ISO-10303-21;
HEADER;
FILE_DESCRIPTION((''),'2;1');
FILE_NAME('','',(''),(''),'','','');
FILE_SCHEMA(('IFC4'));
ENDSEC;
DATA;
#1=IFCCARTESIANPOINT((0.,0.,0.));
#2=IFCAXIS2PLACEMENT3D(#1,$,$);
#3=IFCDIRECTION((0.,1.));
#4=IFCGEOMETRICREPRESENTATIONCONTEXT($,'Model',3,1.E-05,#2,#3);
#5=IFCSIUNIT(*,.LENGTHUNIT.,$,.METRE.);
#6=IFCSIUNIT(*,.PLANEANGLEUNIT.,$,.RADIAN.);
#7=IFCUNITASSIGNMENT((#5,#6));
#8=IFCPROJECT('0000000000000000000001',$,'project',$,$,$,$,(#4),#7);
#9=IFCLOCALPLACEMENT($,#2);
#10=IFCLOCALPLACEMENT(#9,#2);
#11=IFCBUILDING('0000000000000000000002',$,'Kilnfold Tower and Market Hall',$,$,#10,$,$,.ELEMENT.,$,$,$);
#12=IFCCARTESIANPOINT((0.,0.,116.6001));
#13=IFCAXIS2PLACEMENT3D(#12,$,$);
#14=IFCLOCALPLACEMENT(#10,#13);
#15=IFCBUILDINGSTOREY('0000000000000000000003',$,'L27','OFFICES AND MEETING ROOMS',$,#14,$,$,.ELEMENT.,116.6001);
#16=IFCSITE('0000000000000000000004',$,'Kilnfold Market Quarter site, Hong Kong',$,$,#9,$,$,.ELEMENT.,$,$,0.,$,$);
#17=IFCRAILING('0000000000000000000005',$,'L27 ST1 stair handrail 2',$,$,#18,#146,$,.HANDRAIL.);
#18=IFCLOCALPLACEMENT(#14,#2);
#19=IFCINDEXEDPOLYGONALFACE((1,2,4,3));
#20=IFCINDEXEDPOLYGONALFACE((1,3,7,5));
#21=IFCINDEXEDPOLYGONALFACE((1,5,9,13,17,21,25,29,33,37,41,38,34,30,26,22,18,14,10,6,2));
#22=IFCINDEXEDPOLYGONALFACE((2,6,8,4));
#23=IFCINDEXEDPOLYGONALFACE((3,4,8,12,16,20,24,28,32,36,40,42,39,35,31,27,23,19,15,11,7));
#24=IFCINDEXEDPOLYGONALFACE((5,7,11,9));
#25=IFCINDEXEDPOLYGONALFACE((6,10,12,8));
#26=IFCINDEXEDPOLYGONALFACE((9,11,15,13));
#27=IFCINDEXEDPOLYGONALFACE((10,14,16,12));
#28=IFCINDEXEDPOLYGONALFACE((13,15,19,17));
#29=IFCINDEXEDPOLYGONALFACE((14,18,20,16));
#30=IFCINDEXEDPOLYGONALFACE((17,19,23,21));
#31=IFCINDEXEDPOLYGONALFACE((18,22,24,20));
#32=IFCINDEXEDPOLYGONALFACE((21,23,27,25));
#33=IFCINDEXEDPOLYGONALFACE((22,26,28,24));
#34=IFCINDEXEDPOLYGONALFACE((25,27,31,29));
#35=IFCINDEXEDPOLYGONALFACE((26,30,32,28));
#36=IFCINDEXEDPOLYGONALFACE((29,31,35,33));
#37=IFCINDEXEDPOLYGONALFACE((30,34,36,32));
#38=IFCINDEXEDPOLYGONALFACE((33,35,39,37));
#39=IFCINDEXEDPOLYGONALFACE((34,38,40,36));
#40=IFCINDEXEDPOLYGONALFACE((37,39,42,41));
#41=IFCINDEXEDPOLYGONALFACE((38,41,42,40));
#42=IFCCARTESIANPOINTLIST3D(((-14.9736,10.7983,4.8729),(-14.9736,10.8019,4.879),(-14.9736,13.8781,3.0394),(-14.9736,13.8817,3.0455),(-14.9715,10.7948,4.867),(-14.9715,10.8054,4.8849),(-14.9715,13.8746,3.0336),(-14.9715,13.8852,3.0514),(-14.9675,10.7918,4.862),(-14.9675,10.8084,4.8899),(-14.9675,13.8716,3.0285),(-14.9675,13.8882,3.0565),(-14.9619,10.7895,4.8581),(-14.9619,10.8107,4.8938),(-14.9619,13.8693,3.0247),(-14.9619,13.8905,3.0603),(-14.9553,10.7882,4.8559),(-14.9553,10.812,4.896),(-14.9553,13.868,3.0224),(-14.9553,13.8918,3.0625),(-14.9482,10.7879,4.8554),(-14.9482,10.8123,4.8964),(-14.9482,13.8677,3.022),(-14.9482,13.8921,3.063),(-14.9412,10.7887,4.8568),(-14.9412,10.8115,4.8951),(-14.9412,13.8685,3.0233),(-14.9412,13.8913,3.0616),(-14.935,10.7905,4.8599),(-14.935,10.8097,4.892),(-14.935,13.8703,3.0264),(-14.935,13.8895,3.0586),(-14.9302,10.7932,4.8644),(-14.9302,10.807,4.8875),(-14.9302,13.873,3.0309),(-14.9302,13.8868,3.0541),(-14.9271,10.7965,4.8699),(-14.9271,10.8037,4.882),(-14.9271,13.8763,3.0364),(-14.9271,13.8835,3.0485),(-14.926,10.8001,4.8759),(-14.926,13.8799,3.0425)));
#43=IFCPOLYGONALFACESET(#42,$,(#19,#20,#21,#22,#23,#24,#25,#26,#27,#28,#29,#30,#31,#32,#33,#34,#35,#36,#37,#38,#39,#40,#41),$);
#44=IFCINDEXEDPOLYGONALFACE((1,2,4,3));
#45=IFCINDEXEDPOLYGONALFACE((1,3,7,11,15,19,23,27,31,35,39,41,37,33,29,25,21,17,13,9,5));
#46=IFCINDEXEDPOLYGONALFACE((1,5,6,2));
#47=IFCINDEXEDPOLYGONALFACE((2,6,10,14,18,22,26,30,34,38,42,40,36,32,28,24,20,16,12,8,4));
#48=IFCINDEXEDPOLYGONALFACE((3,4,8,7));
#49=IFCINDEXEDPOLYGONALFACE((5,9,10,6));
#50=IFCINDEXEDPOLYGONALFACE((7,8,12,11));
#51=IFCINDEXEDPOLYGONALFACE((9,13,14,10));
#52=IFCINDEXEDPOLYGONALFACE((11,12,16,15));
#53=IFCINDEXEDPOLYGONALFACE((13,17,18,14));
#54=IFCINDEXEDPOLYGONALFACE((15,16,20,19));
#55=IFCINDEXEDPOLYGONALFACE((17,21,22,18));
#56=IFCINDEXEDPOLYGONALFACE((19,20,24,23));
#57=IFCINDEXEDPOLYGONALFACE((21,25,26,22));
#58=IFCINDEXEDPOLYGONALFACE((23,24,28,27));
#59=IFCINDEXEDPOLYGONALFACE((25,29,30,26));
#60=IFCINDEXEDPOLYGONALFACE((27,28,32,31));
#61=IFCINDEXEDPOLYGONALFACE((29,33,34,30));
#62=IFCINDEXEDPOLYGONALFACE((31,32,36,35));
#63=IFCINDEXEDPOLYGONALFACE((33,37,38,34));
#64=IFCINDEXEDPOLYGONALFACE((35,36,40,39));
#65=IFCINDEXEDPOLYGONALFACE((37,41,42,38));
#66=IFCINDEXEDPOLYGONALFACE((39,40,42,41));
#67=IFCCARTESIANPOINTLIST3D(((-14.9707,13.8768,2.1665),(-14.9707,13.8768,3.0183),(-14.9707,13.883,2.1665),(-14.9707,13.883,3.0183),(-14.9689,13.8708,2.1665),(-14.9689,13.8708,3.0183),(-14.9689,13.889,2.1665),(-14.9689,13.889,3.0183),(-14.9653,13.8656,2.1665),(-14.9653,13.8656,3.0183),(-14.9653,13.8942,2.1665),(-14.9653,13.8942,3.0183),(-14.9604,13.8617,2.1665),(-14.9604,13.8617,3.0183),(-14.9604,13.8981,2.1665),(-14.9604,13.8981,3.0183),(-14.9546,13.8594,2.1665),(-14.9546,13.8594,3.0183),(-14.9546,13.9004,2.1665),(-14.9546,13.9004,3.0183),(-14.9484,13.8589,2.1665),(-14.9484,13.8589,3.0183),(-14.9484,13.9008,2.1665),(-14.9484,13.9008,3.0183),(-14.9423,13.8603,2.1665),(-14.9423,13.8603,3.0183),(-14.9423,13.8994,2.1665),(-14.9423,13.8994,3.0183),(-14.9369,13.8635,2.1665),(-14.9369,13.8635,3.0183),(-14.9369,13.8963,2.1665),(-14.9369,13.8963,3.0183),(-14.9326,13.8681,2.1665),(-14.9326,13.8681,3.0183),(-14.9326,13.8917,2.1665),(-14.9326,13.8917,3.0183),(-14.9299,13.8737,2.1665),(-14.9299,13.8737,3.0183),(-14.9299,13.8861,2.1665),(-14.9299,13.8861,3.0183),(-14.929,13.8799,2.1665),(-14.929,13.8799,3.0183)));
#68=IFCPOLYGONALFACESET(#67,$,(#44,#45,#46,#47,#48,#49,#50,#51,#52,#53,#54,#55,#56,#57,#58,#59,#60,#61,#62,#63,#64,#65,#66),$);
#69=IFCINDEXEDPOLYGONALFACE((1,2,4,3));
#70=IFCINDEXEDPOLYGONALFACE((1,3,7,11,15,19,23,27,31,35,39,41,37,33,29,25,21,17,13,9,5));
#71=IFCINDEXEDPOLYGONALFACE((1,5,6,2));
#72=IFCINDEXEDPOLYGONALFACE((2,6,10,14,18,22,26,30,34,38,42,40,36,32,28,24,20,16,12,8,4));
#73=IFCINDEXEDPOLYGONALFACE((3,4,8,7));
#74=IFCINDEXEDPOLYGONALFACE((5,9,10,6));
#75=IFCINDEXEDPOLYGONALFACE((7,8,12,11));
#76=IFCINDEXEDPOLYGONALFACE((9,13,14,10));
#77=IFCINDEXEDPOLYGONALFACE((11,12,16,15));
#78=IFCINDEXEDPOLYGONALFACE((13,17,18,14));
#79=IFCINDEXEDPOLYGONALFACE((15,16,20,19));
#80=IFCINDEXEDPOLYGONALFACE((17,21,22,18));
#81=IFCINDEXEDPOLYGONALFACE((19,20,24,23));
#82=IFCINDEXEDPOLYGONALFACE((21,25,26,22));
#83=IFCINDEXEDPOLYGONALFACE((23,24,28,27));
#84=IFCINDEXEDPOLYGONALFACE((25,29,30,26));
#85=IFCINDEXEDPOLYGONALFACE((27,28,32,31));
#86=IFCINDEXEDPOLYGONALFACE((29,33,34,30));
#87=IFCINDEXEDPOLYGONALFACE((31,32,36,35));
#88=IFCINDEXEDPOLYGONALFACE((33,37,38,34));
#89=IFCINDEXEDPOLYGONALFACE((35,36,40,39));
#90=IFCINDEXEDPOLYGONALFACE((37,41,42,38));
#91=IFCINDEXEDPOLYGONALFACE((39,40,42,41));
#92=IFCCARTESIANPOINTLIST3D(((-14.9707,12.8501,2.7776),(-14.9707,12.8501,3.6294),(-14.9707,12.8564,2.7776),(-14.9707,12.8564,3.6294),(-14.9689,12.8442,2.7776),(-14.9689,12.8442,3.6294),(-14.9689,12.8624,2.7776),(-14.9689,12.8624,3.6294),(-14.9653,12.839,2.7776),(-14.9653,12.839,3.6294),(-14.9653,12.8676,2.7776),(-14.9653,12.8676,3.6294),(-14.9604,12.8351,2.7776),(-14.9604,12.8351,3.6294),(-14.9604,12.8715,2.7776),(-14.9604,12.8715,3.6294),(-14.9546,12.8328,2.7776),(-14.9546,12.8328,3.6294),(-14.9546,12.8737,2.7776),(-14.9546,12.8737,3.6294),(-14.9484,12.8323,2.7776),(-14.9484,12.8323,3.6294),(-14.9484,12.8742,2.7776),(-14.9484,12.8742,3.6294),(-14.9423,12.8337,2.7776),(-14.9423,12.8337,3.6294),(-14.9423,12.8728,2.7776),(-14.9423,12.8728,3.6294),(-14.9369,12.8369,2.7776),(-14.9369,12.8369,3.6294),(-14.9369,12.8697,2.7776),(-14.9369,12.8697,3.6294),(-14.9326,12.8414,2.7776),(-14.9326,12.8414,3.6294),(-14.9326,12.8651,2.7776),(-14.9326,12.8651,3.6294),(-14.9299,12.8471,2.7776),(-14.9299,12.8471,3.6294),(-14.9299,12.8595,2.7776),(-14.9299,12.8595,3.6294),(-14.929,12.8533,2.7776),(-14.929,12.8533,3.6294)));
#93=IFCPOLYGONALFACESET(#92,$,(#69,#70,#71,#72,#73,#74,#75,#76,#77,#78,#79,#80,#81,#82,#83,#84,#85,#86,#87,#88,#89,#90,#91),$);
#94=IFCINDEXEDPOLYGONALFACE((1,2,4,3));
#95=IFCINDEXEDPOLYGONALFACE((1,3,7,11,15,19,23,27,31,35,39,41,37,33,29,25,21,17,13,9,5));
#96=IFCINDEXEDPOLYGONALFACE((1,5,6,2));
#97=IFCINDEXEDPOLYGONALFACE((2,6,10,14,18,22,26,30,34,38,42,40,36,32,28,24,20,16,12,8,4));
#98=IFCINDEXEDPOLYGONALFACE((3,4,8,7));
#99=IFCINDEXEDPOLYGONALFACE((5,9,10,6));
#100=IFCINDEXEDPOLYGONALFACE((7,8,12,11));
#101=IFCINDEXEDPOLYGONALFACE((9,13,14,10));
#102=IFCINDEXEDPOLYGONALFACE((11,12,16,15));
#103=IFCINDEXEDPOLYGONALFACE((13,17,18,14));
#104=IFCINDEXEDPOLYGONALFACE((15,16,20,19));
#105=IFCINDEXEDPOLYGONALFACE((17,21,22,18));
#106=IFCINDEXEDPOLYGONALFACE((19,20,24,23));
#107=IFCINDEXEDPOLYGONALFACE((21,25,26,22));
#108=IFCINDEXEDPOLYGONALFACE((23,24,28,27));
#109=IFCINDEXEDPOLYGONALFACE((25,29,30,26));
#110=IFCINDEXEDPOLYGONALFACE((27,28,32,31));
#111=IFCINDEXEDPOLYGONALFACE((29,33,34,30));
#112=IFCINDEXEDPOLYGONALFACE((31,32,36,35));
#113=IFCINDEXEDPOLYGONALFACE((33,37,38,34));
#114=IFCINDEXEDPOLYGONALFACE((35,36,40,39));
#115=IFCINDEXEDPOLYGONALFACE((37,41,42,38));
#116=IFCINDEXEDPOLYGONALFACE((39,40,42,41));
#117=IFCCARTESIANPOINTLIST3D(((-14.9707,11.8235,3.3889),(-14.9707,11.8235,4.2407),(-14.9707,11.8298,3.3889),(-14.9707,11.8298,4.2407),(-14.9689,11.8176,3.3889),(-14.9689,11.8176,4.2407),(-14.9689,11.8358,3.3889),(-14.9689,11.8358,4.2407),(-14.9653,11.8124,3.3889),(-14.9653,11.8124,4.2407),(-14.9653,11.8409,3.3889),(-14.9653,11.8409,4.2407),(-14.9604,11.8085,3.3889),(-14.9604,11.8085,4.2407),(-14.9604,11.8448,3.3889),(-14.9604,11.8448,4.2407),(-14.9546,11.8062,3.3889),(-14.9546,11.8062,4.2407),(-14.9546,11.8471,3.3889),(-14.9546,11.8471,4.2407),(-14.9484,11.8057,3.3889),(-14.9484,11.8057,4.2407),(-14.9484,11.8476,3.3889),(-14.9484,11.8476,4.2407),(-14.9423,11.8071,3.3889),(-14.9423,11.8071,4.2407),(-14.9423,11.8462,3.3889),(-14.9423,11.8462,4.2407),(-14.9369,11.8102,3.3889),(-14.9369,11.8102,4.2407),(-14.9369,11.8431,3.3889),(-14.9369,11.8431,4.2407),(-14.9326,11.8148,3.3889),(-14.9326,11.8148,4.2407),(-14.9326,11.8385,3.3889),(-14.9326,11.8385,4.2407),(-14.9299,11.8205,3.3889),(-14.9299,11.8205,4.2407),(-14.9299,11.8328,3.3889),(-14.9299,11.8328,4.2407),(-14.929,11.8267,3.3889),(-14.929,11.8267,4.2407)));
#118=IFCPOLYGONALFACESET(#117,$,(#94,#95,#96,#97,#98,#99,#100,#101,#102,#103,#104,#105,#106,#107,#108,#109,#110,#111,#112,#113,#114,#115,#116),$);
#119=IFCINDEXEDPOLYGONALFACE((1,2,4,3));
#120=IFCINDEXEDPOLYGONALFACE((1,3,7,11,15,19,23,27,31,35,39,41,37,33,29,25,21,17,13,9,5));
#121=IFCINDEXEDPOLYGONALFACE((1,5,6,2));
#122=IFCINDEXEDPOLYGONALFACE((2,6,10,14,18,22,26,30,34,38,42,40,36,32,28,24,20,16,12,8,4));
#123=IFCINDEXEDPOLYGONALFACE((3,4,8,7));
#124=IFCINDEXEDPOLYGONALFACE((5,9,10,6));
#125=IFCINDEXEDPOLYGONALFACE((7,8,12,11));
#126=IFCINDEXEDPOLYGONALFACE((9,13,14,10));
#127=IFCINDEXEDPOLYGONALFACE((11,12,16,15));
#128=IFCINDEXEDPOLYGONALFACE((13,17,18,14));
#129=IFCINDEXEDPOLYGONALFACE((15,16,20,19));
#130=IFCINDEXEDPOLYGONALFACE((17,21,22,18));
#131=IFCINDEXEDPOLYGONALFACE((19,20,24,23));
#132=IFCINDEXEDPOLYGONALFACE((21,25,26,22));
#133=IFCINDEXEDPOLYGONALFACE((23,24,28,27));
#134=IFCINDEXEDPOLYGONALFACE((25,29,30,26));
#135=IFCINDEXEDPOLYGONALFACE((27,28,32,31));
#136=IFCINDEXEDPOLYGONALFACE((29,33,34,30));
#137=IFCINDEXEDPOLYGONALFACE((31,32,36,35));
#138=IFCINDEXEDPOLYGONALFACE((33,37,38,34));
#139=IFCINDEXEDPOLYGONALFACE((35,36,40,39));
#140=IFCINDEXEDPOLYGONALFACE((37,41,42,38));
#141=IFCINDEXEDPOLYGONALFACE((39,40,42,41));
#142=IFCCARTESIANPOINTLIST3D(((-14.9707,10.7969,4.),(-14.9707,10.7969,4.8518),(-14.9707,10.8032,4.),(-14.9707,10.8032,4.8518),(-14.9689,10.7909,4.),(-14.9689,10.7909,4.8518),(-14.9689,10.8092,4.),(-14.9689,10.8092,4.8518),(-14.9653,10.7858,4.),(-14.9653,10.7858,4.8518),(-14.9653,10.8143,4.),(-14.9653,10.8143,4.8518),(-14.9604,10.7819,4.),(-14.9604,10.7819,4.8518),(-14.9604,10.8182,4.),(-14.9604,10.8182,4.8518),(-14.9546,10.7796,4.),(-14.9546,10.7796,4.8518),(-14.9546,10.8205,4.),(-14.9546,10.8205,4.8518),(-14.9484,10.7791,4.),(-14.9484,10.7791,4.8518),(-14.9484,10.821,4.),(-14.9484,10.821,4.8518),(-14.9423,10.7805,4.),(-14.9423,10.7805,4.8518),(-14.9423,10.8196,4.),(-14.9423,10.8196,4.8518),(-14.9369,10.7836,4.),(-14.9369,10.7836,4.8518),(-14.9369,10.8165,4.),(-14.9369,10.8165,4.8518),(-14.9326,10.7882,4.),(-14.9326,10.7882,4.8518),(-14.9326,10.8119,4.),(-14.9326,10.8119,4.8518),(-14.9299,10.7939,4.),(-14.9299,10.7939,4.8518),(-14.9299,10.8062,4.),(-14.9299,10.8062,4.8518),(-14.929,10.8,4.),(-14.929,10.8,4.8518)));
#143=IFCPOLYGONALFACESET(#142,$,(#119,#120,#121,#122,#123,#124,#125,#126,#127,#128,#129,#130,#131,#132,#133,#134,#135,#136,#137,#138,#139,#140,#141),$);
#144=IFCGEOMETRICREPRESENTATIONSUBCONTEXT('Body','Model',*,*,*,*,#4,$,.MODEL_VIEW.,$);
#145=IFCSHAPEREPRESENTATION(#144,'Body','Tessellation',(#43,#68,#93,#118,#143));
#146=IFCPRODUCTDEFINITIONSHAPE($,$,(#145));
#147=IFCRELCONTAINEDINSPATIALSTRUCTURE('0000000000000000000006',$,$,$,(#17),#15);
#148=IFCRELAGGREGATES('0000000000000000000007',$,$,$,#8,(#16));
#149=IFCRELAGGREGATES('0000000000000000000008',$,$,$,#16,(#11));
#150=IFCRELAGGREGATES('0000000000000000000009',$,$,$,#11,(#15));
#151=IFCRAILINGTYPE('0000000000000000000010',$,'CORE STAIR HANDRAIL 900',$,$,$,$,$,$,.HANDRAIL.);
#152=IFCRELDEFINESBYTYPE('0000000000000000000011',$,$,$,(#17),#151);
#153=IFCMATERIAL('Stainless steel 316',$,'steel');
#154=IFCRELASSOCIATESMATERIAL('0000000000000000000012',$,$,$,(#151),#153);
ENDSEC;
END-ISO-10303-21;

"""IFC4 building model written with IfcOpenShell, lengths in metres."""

from ifc_helpers import new_model, si_unit, direction, frame, origin, origin_2d, place, context, subcontext, project, spatial, circle, extrude, material, type_object, element, save


model = new_model("IFC4")

# Units and contexts
model_context = context("Model", 3, precision=1e-05, world=origin(), true_north=direction((0.0, 1.0)))
body_context = subcontext(model_context, "Body", "Model", "MODEL_VIEW")
ifc_project = project(units=[si_unit("LENGTHUNIT", "METRE"), si_unit("PLANEANGLEUNIT", "RADIAN")], contexts=[model_context])

# Site, building, storey
site_placement = place(None, origin())
site = spatial("IfcSite", under=ifc_project, at=site_placement, Name="Kilnfold Market Quarter site, Hong Kong", CompositionType="ELEMENT", RefElevation=0.0)
building_placement = place(site_placement, origin())
building = spatial("IfcBuilding", under=site, at=building_placement, Name="Kilnfold Tower and Market Hall", CompositionType="ELEMENT")
storey_placement = place(building_placement, frame((0.0, 0.0, 116.6001)))
storey = spatial("IfcBuildingStorey", under=building, at=storey_placement, Name="L27", Description="OFFICES AND MEETING ROOMS", CompositionType="ELEMENT", Elevation=116.6001)

# Railing
ifc_material_1 = material(Name="Stainless steel 316", Category="steel")
railing_type_1 = type_object("IfcRailingType", Name="CORE STAIR HANDRAIL 900", PredefinedType="HANDRAIL", material=ifc_material_1)
railing_1_placement = place(storey_placement, frame((-14.95, 13.8799, 2.1665)))
element("IfcRailing", 1, at=railing_1_placement, inside=storey, type_object=railing_type_1, Name="L27 ST1 stair handrail 2", PredefinedType="HANDRAIL", context=body_context, shape_type="SweptSolid", body=[
    extrude(circle(Radius=0.0239, at=origin_2d()), frame((0.0, 0.0, 0.876), z_axis=(0.0, -0.859261, 0.511538), x_axis=(1.0, 0.0, 0.0)), (0.0, 0.0, 1.0), 3.5842),
    extrude(circle(Radius=0.021, at=origin_2d()), origin(), (0.0, 0.0, 1.0), 0.8518),
    extrude(circle(Radius=0.021, at=origin_2d()), frame((0.0, -1.0266, 0.6111)), (0.0, 0.0, 1.0), 0.8518),
    extrude(circle(Radius=0.021, at=origin_2d()), frame((0.0, -2.0532, 1.2224)), (0.0, 0.0, 1.0), 0.8518),
    extrude(circle(Radius=0.021, at=origin_2d()), frame((0.0, -3.0798, 1.8335)), (0.0, 0.0, 1.0), 0.8518),
])

save(model, "model.ifc")
